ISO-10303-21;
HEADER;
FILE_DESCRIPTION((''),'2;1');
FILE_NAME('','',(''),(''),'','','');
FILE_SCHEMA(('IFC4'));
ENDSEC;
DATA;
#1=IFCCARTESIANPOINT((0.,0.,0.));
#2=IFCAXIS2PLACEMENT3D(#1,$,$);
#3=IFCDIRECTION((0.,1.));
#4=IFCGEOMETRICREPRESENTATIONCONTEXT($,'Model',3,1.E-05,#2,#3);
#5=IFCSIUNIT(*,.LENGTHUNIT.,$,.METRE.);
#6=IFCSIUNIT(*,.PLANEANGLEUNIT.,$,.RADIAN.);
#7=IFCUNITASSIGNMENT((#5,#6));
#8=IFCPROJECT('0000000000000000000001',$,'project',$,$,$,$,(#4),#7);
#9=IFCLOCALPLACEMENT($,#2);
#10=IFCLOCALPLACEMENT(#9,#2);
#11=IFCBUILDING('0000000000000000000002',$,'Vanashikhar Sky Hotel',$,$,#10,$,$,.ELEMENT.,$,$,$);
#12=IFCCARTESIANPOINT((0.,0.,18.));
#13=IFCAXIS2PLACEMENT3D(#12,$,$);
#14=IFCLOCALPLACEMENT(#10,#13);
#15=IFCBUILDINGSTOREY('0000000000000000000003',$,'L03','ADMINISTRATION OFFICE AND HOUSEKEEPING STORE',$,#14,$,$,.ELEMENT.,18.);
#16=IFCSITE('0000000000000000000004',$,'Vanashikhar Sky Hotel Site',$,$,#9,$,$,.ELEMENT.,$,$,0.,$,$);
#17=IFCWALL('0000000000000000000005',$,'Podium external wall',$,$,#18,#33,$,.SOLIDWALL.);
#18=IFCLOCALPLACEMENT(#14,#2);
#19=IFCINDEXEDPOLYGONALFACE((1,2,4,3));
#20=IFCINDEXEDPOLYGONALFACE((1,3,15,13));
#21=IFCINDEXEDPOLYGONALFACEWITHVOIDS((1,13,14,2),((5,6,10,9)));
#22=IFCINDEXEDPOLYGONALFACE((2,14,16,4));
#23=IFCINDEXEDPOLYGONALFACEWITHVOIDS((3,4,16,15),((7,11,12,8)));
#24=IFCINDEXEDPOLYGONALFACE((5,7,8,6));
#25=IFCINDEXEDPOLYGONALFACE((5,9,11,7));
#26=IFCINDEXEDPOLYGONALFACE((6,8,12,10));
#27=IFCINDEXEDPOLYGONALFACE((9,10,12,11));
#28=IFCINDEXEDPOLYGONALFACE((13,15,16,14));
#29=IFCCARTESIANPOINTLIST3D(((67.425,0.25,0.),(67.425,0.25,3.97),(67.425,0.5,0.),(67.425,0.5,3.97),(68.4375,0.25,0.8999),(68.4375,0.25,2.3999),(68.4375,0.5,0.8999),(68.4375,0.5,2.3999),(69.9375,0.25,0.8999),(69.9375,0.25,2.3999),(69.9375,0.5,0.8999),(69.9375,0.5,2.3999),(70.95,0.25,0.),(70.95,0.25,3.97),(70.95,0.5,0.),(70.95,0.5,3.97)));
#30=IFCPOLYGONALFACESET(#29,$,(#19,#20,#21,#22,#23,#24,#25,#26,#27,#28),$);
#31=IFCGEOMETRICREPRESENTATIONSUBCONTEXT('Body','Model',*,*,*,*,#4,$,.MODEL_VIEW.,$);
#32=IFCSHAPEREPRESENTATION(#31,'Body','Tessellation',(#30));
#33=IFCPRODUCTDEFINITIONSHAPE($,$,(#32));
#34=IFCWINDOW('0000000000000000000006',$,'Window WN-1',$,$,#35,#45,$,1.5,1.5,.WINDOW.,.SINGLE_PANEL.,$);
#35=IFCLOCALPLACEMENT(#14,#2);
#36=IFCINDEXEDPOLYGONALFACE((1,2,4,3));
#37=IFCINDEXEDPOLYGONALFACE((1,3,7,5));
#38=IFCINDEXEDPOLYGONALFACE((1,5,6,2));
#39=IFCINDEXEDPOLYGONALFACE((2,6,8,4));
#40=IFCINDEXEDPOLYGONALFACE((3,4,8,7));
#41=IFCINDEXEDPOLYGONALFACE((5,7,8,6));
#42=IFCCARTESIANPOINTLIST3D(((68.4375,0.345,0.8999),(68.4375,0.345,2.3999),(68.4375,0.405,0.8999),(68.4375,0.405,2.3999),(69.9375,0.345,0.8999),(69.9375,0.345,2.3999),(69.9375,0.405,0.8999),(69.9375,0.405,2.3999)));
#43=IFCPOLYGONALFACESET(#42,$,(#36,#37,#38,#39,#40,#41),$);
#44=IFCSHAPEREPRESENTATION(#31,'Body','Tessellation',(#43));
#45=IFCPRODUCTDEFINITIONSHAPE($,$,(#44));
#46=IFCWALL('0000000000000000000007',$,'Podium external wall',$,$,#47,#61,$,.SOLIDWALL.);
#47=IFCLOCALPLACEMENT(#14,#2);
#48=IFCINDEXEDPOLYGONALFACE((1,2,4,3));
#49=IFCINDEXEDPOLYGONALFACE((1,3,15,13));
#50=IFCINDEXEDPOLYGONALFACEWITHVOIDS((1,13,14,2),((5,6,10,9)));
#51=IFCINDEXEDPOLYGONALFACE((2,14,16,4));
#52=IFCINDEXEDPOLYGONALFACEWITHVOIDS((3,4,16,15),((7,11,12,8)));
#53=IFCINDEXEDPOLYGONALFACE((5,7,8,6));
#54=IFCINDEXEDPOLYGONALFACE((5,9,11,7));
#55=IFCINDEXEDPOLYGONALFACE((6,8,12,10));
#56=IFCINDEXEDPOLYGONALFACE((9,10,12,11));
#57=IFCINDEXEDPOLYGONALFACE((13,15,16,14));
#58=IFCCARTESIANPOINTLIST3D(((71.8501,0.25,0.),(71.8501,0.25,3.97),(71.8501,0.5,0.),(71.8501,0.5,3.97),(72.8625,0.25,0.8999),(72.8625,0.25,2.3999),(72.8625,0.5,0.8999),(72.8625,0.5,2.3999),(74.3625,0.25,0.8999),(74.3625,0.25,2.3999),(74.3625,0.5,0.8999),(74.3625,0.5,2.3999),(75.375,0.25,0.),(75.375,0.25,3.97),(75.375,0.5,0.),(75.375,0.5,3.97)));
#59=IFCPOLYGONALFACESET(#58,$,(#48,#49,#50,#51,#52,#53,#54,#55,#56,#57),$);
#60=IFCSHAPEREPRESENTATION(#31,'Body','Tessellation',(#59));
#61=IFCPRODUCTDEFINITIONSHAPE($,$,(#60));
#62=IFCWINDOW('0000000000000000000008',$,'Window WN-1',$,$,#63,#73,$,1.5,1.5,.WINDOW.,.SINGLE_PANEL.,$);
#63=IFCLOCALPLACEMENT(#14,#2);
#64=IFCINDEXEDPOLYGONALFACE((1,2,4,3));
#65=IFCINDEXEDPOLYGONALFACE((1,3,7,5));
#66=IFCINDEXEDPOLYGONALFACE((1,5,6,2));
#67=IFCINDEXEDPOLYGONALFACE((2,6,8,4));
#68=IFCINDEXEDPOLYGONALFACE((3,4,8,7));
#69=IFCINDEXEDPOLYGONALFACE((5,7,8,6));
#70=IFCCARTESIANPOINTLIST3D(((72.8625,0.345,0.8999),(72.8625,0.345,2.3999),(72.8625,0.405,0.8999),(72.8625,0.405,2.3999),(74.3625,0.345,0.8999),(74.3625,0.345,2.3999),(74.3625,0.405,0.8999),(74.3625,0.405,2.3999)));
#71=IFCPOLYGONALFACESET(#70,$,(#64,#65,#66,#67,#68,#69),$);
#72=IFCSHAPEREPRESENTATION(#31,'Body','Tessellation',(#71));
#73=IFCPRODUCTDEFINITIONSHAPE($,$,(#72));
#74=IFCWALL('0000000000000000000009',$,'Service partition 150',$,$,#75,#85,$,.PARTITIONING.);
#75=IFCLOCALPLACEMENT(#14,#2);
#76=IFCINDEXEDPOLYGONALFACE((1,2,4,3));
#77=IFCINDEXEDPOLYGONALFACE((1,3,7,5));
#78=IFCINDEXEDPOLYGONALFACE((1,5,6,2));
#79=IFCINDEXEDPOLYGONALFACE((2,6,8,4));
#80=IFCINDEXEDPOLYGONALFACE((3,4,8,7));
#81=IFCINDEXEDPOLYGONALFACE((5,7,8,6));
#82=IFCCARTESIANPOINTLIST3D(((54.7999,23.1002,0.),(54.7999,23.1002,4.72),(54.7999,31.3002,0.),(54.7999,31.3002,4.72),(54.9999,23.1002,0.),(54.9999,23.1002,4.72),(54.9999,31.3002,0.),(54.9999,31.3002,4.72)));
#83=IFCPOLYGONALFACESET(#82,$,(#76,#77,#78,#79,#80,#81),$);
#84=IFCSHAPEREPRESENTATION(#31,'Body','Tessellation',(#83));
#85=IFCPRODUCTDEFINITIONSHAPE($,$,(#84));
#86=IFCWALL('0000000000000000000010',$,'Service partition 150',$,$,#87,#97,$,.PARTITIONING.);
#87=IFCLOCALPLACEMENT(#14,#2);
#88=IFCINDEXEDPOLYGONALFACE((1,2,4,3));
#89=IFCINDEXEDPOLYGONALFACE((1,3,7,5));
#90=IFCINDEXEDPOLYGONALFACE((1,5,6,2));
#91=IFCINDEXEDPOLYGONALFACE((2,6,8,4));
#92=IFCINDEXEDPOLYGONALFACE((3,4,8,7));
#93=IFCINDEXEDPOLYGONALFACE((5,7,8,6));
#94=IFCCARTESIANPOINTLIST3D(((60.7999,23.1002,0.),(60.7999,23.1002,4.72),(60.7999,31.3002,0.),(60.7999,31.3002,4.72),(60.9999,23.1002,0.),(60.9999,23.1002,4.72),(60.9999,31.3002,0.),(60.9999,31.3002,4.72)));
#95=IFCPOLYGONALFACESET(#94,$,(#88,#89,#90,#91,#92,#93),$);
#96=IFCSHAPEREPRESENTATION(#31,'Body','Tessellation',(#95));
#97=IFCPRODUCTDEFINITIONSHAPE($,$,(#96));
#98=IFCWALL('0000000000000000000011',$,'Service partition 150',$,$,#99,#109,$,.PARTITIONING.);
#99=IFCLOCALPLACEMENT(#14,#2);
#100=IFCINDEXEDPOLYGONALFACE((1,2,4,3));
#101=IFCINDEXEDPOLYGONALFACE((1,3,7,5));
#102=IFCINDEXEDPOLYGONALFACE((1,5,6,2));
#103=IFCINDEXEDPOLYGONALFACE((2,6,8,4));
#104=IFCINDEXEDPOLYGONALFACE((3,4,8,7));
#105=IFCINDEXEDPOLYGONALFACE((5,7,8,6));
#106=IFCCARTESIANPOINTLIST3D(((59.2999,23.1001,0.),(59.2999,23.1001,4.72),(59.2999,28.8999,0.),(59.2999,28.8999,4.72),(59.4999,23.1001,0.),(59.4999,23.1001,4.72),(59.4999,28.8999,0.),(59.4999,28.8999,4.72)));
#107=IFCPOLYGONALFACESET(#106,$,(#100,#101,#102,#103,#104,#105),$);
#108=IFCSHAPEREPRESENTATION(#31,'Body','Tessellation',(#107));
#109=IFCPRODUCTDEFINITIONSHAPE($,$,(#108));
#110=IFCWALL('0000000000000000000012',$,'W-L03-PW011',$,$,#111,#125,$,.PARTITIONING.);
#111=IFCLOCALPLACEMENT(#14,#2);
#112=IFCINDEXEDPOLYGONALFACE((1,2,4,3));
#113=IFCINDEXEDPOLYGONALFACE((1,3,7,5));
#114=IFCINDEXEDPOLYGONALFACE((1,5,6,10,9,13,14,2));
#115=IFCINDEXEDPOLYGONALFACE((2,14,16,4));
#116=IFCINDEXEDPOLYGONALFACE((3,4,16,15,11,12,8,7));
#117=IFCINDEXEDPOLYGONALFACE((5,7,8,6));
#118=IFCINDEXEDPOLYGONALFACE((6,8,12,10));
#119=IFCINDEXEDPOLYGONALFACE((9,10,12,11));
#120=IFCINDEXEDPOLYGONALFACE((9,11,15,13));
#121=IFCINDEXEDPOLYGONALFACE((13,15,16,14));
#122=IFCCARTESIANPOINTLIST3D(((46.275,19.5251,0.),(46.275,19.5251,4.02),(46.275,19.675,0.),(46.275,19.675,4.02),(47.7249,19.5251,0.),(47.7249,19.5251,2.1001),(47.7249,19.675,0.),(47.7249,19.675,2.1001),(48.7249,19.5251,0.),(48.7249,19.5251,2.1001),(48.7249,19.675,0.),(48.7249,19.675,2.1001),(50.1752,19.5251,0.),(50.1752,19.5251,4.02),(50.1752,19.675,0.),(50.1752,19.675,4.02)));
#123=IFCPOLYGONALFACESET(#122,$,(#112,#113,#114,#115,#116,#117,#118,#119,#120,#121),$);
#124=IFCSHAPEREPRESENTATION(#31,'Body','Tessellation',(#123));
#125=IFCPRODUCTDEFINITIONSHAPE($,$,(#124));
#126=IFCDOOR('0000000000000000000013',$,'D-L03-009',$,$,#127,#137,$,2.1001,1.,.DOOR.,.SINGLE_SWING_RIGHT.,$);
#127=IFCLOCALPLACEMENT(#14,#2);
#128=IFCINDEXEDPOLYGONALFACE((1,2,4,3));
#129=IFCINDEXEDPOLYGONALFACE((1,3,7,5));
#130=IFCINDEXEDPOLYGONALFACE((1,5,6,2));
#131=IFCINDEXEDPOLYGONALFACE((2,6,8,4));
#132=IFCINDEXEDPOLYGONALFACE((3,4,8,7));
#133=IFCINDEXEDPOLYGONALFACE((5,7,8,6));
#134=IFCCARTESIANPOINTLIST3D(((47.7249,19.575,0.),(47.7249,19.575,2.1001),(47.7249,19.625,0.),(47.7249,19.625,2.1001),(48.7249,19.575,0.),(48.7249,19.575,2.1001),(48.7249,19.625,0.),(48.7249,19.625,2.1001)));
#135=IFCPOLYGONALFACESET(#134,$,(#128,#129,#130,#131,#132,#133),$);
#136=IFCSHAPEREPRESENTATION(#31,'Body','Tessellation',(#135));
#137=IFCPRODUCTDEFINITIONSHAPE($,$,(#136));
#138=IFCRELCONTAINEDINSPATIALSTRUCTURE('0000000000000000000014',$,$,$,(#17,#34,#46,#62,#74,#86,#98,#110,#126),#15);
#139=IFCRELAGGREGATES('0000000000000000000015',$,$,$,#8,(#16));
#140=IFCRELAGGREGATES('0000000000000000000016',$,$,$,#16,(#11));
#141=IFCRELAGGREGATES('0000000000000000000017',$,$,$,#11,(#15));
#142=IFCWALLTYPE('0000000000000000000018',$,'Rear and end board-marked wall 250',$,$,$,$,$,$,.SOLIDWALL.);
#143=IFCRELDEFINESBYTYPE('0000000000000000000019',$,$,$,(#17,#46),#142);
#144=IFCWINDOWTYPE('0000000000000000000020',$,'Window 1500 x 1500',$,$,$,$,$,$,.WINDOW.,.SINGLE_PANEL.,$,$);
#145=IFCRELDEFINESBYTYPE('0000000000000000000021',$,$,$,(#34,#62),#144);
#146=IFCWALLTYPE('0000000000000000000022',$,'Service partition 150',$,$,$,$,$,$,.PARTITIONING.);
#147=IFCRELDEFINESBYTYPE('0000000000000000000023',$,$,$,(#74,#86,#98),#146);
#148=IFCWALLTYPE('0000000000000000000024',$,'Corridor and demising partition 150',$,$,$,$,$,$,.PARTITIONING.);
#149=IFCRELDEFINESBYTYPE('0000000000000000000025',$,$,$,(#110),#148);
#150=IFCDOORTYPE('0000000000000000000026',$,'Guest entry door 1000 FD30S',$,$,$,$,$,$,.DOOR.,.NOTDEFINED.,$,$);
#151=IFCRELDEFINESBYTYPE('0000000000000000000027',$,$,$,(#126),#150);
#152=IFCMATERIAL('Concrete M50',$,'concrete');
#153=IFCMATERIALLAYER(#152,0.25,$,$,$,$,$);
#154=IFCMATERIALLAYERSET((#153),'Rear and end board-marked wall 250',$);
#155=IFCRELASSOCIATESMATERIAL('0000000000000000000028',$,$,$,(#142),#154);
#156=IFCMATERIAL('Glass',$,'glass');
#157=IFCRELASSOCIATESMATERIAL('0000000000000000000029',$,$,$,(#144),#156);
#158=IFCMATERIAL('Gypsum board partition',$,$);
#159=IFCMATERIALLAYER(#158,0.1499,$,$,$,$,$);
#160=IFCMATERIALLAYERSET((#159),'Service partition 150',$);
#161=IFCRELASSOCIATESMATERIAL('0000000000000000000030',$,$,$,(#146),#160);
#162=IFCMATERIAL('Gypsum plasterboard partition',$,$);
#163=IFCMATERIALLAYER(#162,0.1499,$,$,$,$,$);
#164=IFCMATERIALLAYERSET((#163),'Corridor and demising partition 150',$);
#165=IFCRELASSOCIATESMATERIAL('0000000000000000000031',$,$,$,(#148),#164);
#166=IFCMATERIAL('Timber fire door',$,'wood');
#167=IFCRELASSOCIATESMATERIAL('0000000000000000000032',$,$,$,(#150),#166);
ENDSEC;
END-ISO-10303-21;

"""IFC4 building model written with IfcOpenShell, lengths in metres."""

from ifc_helpers import new_model, si_unit, direction, frame, frame_2d, origin, place, context, subcontext, project, spatial, rectangle, extrude, source, transform, mapped, material, layer, layer_set, type_object, element, fill, save


model = new_model("IFC4")

# Units and contexts
model_context = context("Model", 3, precision=1e-05, world=origin(), true_north=direction((0.0, 1.0)))
body_context = subcontext(model_context, "Body", "Model", "MODEL_VIEW")
ifc_project = project(units=[si_unit("LENGTHUNIT", "METRE"), si_unit("PLANEANGLEUNIT", "RADIAN")], contexts=[model_context])

# Site, building, storey
site_placement = place(None, origin())
site = spatial("IfcSite", under=ifc_project, at=site_placement, Name="Vanashikhar Sky Hotel Site", CompositionType="ELEMENT", RefElevation=0.0)
building_placement = place(site_placement, origin())
building = spatial("IfcBuilding", under=site, at=building_placement, Name="Vanashikhar Sky Hotel", CompositionType="ELEMENT")
storey_placement = place(building_placement, frame((0.0, 0.0, 18.0)))
storey = spatial("IfcBuildingStorey", under=building, at=storey_placement, Name="L03", Description="ADMINISTRATION OFFICE AND HOUSEKEEPING STORE", CompositionType="ELEMENT", Elevation=18.0)

# Shared definitions
ifc_material_1 = material(Name="Concrete M50", Category="concrete")

# Walls, openings, windows
ifc_layer_1 = layer(ifc_material_1, 0.25)
ifc_layer_set_1 = layer_set([ifc_layer_1], Name="Rear and end board-marked wall 250")
wall_type_1 = type_object("IfcWallType", Name="Rear and end board-marked wall 250", PredefinedType="SOLIDWALL", material=ifc_layer_set_1)
shared_shape_1 = source(origin(), body_context, "Body", "SweptSolid", [
    extrude(rectangle(XDim=3.5249, YDim=0.25, at=frame_2d((1.7625, 0.0))), origin(), (0.0, 0.0, 1.0), 3.97),
])
wall_1_placement = place(storey_placement, frame((67.425, 0.375, 0.0), z_axis=(0.0, 0.0, 1.0), x_axis=(1.0, 0.0, 0.0)))
wall_1 = element("IfcWall", 1, at=wall_1_placement, inside=storey, type_object=wall_type_1, Name="Podium external wall", PredefinedType="SOLIDWALL", context=body_context, shape_type="MappedRepresentation", body=[
    mapped(shared_shape_1, transform((0.0, 0.0, 0.0), scale=1.0)),
])
shared_shape_2 = source(origin(), body_context, "Body", "SweptSolid", [
    extrude(rectangle(XDim=1.5, YDim=1.5, at=frame_2d((0.75, 0.75))), frame((0.0, 0.135, 0.0), z_axis=(0.0, -1.0, 0.0), x_axis=(1.0, 0.0, 0.0)), (0.0, 0.0, 1.0), 0.27),
])
opening_1_placement = place(wall_1_placement, frame((1.0125, 0.0, 0.8999)))
opening_1 = element("IfcOpeningElement", 2, at=opening_1_placement, cuts=wall_1, PredefinedType="OPENING", context=body_context, shape_type="MappedRepresentation", body=[
    mapped(shared_shape_2, transform((0.0, 0.0, 0.0), scale=1.0)),
])
ifc_material_2 = material(Name="Glass", Category="glass")
window_type = type_object("IfcWindowType", Name="Window 1500 x 1500", PartitioningType="SINGLE_PANEL", PredefinedType="WINDOW", material=ifc_material_2)
shared_shape_3 = source(origin(), body_context, "Body", "SweptSolid", [
    extrude(rectangle(XDim=1.5, YDim=1.5, at=frame_2d((0.75, 0.75))), frame((0.0, 0.03, 0.0), z_axis=(0.0, -1.0, 0.0), x_axis=(1.0, 0.0, 0.0)), (0.0, 0.0, 1.0), 0.0601),
])
window_1_placement = place(opening_1_placement, origin())
window_1 = element("IfcWindow", 3, at=window_1_placement, inside=storey, type_object=window_type, Name="Window WN-1", OverallHeight=1.5, OverallWidth=1.5, PartitioningType="SINGLE_PANEL", PredefinedType="WINDOW", context=body_context, shape_type="MappedRepresentation", body=[
    mapped(shared_shape_3, transform((0.0, 0.0, 0.0), scale=1.0)),
])
fill(opening_1, window_1)
wall_2_placement = place(storey_placement, frame((71.8501, 0.375, 0.0), z_axis=(0.0, 0.0, 1.0), x_axis=(1.0, 0.0, 0.0)))
wall_2 = element("IfcWall", 4, at=wall_2_placement, inside=storey, type_object=wall_type_1, Name="Podium external wall", PredefinedType="SOLIDWALL", context=body_context, shape_type="MappedRepresentation", body=[
    mapped(shared_shape_1, transform((0.0, 0.0, 0.0), scale=1.0)),
])
opening_2_placement = place(wall_2_placement, frame((1.0125, 0.0, 0.8999)))
opening_2 = element("IfcOpeningElement", 5, at=opening_2_placement, cuts=wall_2, PredefinedType="OPENING", context=body_context, shape_type="MappedRepresentation", body=[
    mapped(shared_shape_2, transform((0.0, 0.0, 0.0), scale=1.0)),
])
window_2_placement = place(opening_2_placement, origin())
window_2 = element("IfcWindow", 6, at=window_2_placement, inside=storey, type_object=window_type, Name="Window WN-1", OverallHeight=1.5, OverallWidth=1.5, PartitioningType="SINGLE_PANEL", PredefinedType="WINDOW", context=body_context, shape_type="MappedRepresentation", body=[
    mapped(shared_shape_3, transform((0.0, 0.0, 0.0), scale=1.0)),
])
fill(opening_2, window_2)

# Walls
ifc_material_3 = material(Name="Gypsum board partition")
ifc_layer_2 = layer(ifc_material_3, 0.1499)
ifc_layer_set_2 = layer_set([ifc_layer_2], Name="Service partition 150")
wall_type_2 = type_object("IfcWallType", Name="Service partition 150", PredefinedType="PARTITIONING", material=ifc_layer_set_2)
shared_shape_4 = source(origin(), body_context, "Body", "SweptSolid", [
    extrude(rectangle(XDim=8.2, YDim=0.2, at=frame_2d((4.1001, 0.0))), origin(), (0.0, 0.0, 1.0), 4.72),
])
for number, where, z_axis, x_axis, name in (
    (7, (54.8999, 23.1001, 0.0), (0.0, 0.0, 1.0), (0.0, 1.0, 0.0), "Service partition 150"),
    (8, (60.8999, 23.1001, 0.0), (0.0, 0.0, 1.0), (0.0, 1.0, 0.0), "Service partition 150"),
):
    element("IfcWall", number, at=place(storey_placement, frame(where, z_axis=z_axis, x_axis=x_axis)), inside=storey, type_object=wall_type_2, Name=name, PredefinedType="PARTITIONING", context=body_context, shape_type="MappedRepresentation", body=[
        mapped(shared_shape_4, transform((0.0, 0.0, 0.0), scale=1.0)),
    ])
shared_shape_5 = source(origin(), body_context, "Body", "SweptSolid", [
    extrude(rectangle(XDim=5.7998, YDim=0.2, at=frame_2d((2.8999, 0.0))), origin(), (0.0, 0.0, 1.0), 4.72),
])
wall_3_placement = place(storey_placement, frame((59.3999, 23.1001, 0.0), z_axis=(0.0, 0.0, 1.0), x_axis=(0.0, 1.0, 0.0)))
element("IfcWall", 9, at=wall_3_placement, inside=storey, type_object=wall_type_2, Name="Service partition 150", PredefinedType="PARTITIONING", context=body_context, shape_type="MappedRepresentation", body=[
    mapped(shared_shape_5, transform((0.0, 0.0, 0.0), scale=1.0)),
])

# Wall, opening, door
ifc_material_4 = material(Name="Gypsum plasterboard partition")
ifc_layer_3 = layer(ifc_material_4, 0.1499)
ifc_layer_set_3 = layer_set([ifc_layer_3], Name="Corridor and demising partition 150")
wall_type_3 = type_object("IfcWallType", Name="Corridor and demising partition 150", PredefinedType="PARTITIONING", material=ifc_layer_set_3)
shared_shape_6 = source(origin(), body_context, "Body", "SweptSolid", [
    extrude(rectangle(XDim=3.9001, YDim=0.1499, at=frame_2d((1.9502, 0.0))), origin(), (0.0, 0.0, 1.0), 4.02),
])
wall_4_placement = place(storey_placement, frame((46.2749, 19.6001, 0.0), z_axis=(0.0, 0.0, 1.0), x_axis=(1.0, 0.0, 0.0)))
wall_4 = element("IfcWall", 10, at=wall_4_placement, inside=storey, type_object=wall_type_3, Name="W-L03-PW011", PredefinedType="PARTITIONING", context=body_context, shape_type="MappedRepresentation", body=[
    mapped(shared_shape_6, transform((0.0, 0.0, 0.0), scale=1.0)),
])
shared_shape_7 = source(origin(), body_context, "Body", "SweptSolid", [
    extrude(rectangle(XDim=1.0, YDim=2.1001, at=frame_2d((0.5, 1.05))), frame((0.0, 0.085, 0.0), z_axis=(0.0, -1.0, 0.0), x_axis=(1.0, 0.0, 0.0)), (0.0, 0.0, 1.0), 0.1699),
])
opening_3_placement = place(wall_4_placement, frame((1.45, 0.0, 0.0)))
opening_3 = element("IfcOpeningElement", 11, at=opening_3_placement, cuts=wall_4, PredefinedType="OPENING", context=body_context, shape_type="MappedRepresentation", body=[
    mapped(shared_shape_7, transform((0.0, 0.0, 0.0), scale=1.0)),
])
ifc_material_5 = material(Name="Timber fire door", Category="wood")
door_type_1 = type_object("IfcDoorType", Name="Guest entry door 1000 FD30S", OperationType="NOTDEFINED", PredefinedType="DOOR", material=ifc_material_5)
shared_shape_8 = source(origin(), body_context, "Body", "SweptSolid", [
    extrude(rectangle(XDim=1.0, YDim=2.1001, at=frame_2d((0.5, 1.05))), frame((0.0, 0.0249, 0.0), z_axis=(0.0, -1.0, 0.0), x_axis=(1.0, 0.0, 0.0)), (0.0, 0.0, 1.0), 0.05),
])
door_1_placement = place(opening_3_placement, origin())
door_1 = element("IfcDoor", 12, at=door_1_placement, inside=storey, type_object=door_type_1, Name="D-L03-009", OperationType="SINGLE_SWING_RIGHT", OverallHeight=2.1001, OverallWidth=1.0, PredefinedType="DOOR", context=body_context, shape_type="MappedRepresentation", body=[
    mapped(shared_shape_8, transform((0.0, 0.0, 0.0), scale=1.0)),
])
fill(opening_3, door_1)

save(model, "model.ifc")
